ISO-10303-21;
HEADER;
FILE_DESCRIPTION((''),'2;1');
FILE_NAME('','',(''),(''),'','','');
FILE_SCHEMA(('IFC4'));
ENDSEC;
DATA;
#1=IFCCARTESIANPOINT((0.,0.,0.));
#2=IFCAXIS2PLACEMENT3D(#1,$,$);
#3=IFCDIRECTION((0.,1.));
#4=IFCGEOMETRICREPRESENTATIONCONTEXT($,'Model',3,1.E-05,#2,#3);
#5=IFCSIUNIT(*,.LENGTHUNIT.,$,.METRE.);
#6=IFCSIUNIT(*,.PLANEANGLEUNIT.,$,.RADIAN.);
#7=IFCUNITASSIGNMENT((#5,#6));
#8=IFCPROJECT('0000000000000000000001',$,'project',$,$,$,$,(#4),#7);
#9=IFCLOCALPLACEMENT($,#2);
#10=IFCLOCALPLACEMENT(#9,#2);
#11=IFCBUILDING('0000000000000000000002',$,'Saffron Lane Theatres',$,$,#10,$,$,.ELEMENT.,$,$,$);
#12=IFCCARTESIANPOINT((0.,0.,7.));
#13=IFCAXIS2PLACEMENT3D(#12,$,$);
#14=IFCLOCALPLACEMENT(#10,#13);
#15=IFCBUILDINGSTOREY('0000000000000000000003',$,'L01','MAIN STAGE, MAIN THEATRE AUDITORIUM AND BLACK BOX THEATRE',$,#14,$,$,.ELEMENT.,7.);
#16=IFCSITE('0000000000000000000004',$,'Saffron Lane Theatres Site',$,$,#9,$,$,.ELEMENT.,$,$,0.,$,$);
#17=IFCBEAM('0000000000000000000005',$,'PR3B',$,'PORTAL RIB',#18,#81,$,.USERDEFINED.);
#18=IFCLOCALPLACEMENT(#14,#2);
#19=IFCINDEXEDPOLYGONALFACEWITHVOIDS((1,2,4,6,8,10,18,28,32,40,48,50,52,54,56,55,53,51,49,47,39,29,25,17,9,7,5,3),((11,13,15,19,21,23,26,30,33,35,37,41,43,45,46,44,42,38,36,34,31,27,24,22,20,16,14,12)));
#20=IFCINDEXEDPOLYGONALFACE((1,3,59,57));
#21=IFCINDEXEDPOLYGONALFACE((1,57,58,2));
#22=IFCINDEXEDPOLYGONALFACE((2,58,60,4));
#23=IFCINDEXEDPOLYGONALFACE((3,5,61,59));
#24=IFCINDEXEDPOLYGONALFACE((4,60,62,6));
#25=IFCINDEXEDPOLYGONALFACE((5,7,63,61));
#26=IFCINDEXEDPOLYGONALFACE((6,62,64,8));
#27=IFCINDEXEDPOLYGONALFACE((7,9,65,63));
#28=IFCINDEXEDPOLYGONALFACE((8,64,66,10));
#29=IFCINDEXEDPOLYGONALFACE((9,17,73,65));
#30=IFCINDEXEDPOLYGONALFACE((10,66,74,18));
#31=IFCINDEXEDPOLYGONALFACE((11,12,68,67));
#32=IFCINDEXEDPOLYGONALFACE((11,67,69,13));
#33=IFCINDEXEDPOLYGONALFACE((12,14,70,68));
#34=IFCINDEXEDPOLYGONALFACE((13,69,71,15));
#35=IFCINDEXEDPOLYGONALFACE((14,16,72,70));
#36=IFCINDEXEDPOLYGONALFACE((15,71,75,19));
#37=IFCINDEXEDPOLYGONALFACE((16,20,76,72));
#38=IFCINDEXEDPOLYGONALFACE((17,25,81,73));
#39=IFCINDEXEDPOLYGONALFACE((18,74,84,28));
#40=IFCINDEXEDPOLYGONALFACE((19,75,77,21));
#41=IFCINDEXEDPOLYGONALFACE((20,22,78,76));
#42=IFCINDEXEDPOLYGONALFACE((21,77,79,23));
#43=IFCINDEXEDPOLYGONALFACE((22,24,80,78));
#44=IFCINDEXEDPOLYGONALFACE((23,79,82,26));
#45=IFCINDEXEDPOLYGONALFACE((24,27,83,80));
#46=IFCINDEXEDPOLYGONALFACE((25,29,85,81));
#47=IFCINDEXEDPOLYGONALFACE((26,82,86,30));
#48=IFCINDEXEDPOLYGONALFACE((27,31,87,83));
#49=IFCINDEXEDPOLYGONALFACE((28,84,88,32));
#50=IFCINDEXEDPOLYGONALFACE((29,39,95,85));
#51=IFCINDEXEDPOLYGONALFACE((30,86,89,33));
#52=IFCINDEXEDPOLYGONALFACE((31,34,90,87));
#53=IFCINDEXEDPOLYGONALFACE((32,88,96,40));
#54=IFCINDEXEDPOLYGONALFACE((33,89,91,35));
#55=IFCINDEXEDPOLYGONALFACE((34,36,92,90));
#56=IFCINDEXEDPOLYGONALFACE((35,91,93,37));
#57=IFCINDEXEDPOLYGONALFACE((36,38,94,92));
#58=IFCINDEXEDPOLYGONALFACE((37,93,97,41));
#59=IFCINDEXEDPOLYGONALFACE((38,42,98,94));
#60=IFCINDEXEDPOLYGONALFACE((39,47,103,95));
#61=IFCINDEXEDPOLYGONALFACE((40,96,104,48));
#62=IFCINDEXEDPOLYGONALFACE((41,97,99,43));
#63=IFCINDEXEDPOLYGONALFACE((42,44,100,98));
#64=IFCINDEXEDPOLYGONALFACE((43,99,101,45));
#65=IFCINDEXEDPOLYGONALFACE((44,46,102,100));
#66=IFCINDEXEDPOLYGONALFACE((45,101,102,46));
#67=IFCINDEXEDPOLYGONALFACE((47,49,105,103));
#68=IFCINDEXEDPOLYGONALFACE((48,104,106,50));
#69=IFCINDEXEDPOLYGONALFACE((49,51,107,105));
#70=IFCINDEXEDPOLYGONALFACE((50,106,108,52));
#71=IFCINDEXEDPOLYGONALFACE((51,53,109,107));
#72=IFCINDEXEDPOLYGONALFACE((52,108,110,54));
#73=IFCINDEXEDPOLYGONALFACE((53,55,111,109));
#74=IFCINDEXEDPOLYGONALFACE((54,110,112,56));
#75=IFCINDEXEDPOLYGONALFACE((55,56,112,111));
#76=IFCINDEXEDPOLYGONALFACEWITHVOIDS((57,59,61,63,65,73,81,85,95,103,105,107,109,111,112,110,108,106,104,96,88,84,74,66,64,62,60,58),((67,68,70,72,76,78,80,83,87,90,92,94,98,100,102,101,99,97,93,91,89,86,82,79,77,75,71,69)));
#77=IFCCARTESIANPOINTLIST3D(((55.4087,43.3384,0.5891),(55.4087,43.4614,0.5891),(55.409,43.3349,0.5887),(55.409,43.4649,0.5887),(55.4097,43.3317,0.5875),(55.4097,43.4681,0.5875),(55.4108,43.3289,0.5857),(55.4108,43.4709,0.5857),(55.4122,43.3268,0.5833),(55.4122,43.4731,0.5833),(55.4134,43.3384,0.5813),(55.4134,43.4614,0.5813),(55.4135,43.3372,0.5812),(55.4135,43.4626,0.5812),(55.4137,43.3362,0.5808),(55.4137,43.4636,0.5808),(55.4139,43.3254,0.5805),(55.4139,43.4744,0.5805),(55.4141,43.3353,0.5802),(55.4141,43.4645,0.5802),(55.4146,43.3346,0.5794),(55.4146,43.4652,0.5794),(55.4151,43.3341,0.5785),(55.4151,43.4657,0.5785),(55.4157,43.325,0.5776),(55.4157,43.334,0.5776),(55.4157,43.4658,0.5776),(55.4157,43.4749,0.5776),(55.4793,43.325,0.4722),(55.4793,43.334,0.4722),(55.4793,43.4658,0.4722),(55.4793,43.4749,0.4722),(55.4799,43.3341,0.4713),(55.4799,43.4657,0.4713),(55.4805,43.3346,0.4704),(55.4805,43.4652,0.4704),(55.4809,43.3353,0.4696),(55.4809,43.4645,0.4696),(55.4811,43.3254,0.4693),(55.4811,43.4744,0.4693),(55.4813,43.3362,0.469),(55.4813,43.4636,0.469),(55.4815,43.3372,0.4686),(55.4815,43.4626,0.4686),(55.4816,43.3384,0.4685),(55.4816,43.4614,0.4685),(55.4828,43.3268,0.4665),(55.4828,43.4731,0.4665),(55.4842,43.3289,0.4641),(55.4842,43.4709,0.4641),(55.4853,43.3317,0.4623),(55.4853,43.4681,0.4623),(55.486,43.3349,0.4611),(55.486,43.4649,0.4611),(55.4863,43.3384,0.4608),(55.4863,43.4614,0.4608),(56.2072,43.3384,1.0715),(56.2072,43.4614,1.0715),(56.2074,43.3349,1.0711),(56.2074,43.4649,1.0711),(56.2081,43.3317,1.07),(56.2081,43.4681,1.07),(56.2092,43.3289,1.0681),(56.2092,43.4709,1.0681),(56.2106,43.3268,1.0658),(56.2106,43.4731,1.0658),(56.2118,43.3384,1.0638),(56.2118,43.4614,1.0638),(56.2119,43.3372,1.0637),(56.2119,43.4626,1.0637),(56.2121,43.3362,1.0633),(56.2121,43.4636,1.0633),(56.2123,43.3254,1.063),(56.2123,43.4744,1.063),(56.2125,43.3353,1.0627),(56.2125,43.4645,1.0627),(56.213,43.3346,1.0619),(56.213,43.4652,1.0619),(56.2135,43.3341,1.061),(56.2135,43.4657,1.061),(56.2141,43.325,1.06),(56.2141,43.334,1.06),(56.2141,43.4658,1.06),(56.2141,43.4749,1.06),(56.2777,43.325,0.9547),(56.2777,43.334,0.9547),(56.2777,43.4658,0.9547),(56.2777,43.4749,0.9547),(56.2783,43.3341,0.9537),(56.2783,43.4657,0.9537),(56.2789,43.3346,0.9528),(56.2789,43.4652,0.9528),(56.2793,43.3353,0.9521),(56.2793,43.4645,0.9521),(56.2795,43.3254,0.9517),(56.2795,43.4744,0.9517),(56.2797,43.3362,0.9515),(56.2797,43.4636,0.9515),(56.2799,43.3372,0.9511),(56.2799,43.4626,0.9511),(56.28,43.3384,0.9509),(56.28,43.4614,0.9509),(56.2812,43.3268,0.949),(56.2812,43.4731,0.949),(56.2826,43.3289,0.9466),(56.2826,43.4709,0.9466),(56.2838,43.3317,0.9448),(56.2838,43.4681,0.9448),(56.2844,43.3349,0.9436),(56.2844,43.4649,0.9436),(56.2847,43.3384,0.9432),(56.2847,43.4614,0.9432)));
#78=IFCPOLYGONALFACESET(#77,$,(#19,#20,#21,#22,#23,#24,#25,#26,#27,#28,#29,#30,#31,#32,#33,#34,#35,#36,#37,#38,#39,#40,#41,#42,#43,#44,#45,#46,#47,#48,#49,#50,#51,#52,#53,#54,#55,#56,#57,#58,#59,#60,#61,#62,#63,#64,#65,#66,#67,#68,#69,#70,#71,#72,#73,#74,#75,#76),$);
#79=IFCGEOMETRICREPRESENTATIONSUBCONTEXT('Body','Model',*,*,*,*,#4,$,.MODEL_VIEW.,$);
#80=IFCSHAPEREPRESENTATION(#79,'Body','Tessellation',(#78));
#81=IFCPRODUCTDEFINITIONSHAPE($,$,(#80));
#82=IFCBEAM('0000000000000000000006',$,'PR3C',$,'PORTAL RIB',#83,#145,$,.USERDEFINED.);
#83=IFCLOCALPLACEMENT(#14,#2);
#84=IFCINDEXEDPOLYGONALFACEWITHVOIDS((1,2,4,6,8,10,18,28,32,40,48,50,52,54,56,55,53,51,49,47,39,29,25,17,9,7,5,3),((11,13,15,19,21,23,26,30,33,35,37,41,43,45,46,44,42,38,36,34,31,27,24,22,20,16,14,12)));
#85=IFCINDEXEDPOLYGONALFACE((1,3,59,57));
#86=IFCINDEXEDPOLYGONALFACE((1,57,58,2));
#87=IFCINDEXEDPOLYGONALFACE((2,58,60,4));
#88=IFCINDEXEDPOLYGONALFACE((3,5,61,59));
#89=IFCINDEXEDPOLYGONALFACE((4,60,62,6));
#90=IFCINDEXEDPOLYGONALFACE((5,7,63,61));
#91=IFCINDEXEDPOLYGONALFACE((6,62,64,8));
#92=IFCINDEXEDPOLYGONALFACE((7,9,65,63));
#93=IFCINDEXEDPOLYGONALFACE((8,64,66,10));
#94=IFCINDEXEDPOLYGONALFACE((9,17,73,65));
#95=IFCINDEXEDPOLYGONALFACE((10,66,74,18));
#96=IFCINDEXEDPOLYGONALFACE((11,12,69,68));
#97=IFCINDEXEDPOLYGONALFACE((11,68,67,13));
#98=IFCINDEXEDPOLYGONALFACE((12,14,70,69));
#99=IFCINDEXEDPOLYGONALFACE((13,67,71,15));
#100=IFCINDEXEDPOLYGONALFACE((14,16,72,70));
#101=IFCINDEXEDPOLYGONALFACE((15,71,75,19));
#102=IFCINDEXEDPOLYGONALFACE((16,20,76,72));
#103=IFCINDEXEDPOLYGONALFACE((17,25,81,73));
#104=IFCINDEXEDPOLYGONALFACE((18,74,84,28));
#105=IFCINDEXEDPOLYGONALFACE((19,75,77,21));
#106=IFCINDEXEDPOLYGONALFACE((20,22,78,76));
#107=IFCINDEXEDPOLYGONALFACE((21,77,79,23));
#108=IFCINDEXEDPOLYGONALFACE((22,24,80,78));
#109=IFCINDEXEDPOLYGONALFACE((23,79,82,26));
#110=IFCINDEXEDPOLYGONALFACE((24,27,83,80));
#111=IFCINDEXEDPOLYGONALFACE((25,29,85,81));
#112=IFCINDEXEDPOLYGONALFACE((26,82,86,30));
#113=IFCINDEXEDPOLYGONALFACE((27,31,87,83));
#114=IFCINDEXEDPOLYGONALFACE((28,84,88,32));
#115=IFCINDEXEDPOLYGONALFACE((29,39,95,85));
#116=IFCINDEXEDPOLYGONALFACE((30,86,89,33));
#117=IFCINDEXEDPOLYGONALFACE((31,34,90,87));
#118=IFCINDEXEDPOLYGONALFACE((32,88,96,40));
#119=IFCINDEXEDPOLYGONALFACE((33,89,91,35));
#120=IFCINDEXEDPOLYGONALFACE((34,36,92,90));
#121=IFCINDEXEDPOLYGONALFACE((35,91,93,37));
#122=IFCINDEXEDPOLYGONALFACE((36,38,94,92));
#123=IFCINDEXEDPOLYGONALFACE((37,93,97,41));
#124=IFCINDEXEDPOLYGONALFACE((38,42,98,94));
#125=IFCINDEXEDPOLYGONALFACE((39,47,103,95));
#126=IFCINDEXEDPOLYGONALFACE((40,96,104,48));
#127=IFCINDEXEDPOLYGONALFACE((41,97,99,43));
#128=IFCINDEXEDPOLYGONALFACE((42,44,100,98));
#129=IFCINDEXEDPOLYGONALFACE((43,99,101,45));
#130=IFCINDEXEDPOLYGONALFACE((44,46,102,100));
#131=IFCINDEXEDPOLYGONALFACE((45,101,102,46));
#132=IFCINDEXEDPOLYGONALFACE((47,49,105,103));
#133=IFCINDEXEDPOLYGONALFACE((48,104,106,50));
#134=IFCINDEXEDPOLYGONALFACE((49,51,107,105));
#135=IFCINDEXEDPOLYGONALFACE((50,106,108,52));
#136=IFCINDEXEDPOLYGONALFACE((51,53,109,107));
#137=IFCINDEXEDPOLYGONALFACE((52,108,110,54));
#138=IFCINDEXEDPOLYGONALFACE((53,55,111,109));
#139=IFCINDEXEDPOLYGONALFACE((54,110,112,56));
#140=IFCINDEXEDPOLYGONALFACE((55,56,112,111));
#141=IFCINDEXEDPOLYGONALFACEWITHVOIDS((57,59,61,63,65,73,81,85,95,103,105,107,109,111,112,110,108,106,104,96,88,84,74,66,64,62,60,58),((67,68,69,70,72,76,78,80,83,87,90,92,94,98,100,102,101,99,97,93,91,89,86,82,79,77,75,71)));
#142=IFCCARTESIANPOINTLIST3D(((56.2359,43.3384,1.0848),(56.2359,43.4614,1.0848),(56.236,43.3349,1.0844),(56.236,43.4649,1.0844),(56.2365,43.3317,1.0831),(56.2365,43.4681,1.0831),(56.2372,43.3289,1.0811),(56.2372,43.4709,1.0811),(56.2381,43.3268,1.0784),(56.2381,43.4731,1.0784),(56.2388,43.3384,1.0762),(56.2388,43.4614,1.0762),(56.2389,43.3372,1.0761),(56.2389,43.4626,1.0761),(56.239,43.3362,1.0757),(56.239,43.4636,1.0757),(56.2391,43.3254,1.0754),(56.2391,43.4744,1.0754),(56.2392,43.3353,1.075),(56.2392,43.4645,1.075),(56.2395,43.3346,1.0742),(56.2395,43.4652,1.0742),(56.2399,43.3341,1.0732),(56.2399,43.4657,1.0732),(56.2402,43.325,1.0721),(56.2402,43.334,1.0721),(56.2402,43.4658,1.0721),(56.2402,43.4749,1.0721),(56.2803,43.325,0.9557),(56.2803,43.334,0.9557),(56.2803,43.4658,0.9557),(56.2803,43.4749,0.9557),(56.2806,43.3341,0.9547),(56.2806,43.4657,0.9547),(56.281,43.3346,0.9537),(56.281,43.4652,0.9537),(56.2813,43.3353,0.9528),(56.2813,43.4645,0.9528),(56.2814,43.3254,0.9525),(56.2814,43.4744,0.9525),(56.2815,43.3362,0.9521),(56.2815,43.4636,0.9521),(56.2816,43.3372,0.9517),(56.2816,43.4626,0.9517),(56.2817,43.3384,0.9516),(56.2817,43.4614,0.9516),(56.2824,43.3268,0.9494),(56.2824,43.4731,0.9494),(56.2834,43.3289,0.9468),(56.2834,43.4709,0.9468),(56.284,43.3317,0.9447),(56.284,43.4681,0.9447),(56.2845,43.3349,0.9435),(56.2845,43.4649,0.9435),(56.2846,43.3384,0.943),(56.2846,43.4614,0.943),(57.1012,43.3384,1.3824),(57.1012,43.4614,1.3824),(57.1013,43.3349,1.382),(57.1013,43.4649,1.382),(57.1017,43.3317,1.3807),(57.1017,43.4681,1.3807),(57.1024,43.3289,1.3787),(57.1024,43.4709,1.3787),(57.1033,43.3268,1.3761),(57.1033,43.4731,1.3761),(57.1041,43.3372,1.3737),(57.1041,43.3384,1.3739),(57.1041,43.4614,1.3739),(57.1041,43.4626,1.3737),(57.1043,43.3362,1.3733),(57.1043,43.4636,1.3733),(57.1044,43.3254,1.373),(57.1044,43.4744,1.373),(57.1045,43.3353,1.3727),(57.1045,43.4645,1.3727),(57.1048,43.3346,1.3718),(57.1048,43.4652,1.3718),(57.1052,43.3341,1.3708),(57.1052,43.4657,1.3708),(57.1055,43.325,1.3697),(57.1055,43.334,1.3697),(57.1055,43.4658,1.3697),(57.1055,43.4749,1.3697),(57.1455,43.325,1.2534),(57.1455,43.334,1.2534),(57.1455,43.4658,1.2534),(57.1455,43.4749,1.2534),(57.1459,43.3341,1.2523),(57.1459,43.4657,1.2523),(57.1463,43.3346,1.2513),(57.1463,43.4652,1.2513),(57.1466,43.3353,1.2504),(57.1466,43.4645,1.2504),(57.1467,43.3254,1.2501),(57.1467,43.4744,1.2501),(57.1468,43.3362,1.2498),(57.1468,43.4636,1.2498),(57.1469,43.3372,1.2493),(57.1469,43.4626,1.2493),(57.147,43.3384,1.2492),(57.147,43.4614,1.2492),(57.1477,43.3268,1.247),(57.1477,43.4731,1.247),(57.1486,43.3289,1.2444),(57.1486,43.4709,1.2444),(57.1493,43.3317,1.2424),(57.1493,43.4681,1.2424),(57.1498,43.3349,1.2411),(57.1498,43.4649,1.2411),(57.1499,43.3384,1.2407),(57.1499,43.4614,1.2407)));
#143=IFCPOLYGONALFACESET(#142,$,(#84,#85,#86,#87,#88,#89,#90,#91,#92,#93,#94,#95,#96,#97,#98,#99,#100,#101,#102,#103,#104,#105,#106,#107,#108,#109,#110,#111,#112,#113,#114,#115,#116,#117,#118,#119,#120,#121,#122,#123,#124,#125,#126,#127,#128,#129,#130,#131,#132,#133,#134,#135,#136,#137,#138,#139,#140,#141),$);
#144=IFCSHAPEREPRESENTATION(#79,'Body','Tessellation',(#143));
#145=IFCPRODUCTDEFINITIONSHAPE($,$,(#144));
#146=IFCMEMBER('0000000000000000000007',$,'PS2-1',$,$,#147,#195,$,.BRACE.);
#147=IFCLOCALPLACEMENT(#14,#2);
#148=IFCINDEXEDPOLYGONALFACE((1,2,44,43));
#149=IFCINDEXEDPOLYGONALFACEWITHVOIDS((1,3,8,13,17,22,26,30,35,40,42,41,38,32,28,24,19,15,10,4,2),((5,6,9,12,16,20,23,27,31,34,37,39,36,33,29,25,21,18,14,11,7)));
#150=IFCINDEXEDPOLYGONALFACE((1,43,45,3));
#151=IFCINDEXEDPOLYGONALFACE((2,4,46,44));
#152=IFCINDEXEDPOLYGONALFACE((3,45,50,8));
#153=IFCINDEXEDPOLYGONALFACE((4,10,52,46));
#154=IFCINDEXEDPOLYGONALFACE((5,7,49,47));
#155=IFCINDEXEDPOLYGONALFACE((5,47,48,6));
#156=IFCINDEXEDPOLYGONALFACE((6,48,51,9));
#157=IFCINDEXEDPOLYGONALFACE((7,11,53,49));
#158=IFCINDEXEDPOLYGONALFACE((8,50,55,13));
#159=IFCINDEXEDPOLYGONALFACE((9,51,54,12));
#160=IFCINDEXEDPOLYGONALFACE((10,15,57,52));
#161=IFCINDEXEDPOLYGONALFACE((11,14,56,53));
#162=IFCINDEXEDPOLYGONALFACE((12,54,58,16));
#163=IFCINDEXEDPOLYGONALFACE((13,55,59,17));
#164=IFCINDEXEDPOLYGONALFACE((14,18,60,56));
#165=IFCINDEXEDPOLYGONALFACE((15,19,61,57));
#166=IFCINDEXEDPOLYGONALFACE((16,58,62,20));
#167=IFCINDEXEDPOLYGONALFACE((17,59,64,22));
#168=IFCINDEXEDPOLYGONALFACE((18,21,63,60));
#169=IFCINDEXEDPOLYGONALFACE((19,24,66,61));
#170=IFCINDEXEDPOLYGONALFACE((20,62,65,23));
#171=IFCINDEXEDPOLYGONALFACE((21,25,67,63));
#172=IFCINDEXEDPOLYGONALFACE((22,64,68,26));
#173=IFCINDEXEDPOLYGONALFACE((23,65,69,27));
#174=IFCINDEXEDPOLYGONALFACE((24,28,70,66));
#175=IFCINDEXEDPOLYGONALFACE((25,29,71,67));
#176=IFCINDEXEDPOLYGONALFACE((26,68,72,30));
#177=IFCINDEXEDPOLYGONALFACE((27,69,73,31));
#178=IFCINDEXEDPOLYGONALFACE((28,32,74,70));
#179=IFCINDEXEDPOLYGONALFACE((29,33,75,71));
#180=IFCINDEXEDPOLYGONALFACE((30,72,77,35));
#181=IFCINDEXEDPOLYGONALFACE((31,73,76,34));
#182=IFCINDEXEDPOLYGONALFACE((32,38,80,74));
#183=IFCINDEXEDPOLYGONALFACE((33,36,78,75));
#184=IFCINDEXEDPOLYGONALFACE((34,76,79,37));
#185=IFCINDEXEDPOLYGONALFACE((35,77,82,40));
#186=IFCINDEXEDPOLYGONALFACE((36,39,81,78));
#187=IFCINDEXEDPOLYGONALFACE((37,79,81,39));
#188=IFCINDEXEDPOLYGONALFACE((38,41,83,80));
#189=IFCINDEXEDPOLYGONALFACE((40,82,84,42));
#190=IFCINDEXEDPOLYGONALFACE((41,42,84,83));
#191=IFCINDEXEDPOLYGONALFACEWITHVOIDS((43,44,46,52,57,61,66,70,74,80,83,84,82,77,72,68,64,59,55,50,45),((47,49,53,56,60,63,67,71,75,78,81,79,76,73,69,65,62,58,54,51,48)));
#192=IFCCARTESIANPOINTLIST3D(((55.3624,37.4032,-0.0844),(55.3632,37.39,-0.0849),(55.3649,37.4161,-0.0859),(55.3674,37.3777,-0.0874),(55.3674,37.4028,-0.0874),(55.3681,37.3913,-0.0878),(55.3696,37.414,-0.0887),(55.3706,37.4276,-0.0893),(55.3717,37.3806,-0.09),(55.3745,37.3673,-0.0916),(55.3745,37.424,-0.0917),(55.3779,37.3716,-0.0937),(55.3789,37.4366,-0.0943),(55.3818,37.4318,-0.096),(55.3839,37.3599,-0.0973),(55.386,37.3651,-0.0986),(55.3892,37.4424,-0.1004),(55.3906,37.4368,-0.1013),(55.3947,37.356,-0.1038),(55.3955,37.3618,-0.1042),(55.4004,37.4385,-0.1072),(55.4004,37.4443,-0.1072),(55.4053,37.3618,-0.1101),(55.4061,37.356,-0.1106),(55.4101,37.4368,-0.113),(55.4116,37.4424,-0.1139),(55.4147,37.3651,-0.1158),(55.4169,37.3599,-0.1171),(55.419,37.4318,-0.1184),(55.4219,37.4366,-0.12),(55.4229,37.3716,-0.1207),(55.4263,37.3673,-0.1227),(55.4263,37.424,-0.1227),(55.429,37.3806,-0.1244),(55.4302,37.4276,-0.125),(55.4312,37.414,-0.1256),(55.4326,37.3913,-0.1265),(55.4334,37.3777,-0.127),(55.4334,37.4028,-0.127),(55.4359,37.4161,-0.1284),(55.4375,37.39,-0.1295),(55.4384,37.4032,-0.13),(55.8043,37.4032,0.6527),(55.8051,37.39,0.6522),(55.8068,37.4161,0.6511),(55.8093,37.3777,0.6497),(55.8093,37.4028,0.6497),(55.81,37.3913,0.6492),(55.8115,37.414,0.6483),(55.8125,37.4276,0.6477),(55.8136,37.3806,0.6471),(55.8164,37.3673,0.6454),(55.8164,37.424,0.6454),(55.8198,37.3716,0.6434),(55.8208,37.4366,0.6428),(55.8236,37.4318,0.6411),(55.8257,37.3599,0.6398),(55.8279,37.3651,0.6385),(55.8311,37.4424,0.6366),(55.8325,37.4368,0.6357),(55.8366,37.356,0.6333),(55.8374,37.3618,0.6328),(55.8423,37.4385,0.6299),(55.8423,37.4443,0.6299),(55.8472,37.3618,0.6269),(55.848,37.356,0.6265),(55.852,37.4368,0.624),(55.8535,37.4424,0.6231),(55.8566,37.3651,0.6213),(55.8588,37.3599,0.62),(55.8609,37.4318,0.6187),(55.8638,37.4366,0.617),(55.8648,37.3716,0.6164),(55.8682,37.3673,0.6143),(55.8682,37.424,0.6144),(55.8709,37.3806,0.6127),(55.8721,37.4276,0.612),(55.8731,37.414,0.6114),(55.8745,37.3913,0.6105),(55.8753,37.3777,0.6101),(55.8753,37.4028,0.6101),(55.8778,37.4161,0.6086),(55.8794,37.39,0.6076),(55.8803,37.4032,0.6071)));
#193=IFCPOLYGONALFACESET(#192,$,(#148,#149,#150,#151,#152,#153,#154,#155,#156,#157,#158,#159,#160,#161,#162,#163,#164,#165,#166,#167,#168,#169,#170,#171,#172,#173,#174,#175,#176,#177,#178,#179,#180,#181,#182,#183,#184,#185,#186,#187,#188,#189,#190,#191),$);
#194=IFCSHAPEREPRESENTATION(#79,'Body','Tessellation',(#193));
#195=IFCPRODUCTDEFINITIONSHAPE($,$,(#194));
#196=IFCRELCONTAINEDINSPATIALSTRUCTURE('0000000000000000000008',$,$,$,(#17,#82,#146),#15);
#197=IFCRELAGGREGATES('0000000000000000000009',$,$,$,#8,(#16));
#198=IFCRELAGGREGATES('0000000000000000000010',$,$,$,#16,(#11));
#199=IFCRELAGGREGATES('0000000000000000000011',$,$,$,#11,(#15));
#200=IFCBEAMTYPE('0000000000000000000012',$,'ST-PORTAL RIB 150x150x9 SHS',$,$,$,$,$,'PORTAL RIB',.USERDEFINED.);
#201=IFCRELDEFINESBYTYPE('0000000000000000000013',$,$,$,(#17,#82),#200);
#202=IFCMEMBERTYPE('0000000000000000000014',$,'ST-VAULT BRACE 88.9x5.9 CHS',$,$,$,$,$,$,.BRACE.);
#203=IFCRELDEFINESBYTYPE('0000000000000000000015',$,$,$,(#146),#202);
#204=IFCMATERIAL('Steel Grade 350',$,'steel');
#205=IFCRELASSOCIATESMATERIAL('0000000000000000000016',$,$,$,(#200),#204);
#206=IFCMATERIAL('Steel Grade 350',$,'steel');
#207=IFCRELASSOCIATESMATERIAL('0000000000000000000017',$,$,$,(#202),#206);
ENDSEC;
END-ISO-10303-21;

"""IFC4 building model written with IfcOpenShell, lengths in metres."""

from ifc_helpers import new_model, si_unit, direction, frame, origin, origin_2d, place, context, subcontext, project, spatial, hollow_rectangle, hollow_circle, extrude, material, material_profile, profile_set, type_object, element, save


model = new_model("IFC4")

# Units and contexts
model_context = context("Model", 3, precision=1e-05, world=origin(), true_north=direction((0.0, 1.0)))
body_context = subcontext(model_context, "Body", "Model", "MODEL_VIEW")
ifc_project = project(units=[si_unit("LENGTHUNIT", "METRE"), si_unit("PLANEANGLEUNIT", "RADIAN")], contexts=[model_context])

# Site, building, storey
site_placement = place(None, origin())
site = spatial("IfcSite", under=ifc_project, at=site_placement, Name="Saffron Lane Theatres Site", CompositionType="ELEMENT", RefElevation=0.0)
building_placement = place(site_placement, origin())
building = spatial("IfcBuilding", under=site, at=building_placement, Name="Saffron Lane Theatres", CompositionType="ELEMENT")
storey_placement = place(building_placement, frame((0.0, 0.0, 7.0)))
storey = spatial("IfcBuildingStorey", under=building, at=storey_placement, Name="L01", Description="MAIN STAGE, MAIN THEATRE AUDITORIUM AND BLACK BOX THEATRE", CompositionType="ELEMENT", Elevation=7.0)

# Beams
ifc_material_1 = material(Name="Steel Grade 350", Category="steel")
ifc_material_profile_1 = material_profile(ifc_material_1, hollow_rectangle(XDim=0.1499, YDim=0.1499, WallThickness=0.009, InnerFilletRadius=0.0044, OuterFilletRadius=0.0134, at=origin_2d()))
ifc_profile_set_1 = profile_set([ifc_material_profile_1], Name="Steel Grade 350")
beam_type_1 = type_object("IfcBeamType", Name="ST-PORTAL RIB 150x150x9 SHS", ElementType="PORTAL RIB", PredefinedType="USERDEFINED", material=ifc_profile_set_1)
beam_1_placement = place(storey_placement, frame((55.4475, 43.3999, 0.5249), z_axis=(0.855872, 0.0, 0.517188), x_axis=(0.0, 1.0, 0.0)))
element("IfcBeam", 1, at=beam_1_placement, inside=storey, type_object=beam_type_1, Name="PR3B", ObjectType="PORTAL RIB", PredefinedType="USERDEFINED", context=body_context, shape_type="SweptSolid", body=[
    extrude(hollow_rectangle(XDim=0.1499, YDim=0.1499, WallThickness=0.009, InnerFilletRadius=0.0044, OuterFilletRadius=0.0134, at=origin_2d()), origin(), (0.0, 0.0, 1.0), 0.9329),
])
beam_2_placement = place(storey_placement, frame((56.2603, 43.3999, 1.0139), z_axis=(0.945625, 0.0, 0.325259), x_axis=(0.0, 1.0, 0.0)))
element("IfcBeam", 2, at=beam_2_placement, inside=storey, type_object=beam_type_1, Name="PR3C", ObjectType="PORTAL RIB", PredefinedType="USERDEFINED", context=body_context, shape_type="SweptSolid", body=[
    extrude(hollow_rectangle(XDim=0.1499, YDim=0.1499, WallThickness=0.009, InnerFilletRadius=0.0044, OuterFilletRadius=0.0134, at=origin_2d()), origin(), (0.0, 0.0, 1.0), 0.915),
])

# Member
ifc_material_2 = material(Name="Steel Grade 350", Category="steel")
ifc_material_profile_2 = material_profile(ifc_material_2, hollow_circle(Radius=0.0444, WallThickness=0.0059, at=origin_2d()))
ifc_profile_set_2 = profile_set([ifc_material_profile_2], Name="Steel Grade 350")
member_type = type_object("IfcMemberType", Name="ST-VAULT BRACE 88.9x5.9 CHS", PredefinedType="BRACE", material=ifc_profile_set_2)
member_1_placement = place(storey_placement, frame((55.4004, 37.3999, -0.1072), z_axis=(0.514203, 0.0, 0.857668), x_axis=(0.0, 1.0, 0.0)))
element("IfcMember", 3, at=member_1_placement, inside=storey, type_object=member_type, Name="PS2-1", PredefinedType="BRACE", context=body_context, shape_type="SweptSolid", body=[
    extrude(hollow_circle(Radius=0.0444, WallThickness=0.0059, at=origin_2d()), origin(), (0.0, 0.0, 1.0), 0.8594),
])

save(model, "model.ifc")
